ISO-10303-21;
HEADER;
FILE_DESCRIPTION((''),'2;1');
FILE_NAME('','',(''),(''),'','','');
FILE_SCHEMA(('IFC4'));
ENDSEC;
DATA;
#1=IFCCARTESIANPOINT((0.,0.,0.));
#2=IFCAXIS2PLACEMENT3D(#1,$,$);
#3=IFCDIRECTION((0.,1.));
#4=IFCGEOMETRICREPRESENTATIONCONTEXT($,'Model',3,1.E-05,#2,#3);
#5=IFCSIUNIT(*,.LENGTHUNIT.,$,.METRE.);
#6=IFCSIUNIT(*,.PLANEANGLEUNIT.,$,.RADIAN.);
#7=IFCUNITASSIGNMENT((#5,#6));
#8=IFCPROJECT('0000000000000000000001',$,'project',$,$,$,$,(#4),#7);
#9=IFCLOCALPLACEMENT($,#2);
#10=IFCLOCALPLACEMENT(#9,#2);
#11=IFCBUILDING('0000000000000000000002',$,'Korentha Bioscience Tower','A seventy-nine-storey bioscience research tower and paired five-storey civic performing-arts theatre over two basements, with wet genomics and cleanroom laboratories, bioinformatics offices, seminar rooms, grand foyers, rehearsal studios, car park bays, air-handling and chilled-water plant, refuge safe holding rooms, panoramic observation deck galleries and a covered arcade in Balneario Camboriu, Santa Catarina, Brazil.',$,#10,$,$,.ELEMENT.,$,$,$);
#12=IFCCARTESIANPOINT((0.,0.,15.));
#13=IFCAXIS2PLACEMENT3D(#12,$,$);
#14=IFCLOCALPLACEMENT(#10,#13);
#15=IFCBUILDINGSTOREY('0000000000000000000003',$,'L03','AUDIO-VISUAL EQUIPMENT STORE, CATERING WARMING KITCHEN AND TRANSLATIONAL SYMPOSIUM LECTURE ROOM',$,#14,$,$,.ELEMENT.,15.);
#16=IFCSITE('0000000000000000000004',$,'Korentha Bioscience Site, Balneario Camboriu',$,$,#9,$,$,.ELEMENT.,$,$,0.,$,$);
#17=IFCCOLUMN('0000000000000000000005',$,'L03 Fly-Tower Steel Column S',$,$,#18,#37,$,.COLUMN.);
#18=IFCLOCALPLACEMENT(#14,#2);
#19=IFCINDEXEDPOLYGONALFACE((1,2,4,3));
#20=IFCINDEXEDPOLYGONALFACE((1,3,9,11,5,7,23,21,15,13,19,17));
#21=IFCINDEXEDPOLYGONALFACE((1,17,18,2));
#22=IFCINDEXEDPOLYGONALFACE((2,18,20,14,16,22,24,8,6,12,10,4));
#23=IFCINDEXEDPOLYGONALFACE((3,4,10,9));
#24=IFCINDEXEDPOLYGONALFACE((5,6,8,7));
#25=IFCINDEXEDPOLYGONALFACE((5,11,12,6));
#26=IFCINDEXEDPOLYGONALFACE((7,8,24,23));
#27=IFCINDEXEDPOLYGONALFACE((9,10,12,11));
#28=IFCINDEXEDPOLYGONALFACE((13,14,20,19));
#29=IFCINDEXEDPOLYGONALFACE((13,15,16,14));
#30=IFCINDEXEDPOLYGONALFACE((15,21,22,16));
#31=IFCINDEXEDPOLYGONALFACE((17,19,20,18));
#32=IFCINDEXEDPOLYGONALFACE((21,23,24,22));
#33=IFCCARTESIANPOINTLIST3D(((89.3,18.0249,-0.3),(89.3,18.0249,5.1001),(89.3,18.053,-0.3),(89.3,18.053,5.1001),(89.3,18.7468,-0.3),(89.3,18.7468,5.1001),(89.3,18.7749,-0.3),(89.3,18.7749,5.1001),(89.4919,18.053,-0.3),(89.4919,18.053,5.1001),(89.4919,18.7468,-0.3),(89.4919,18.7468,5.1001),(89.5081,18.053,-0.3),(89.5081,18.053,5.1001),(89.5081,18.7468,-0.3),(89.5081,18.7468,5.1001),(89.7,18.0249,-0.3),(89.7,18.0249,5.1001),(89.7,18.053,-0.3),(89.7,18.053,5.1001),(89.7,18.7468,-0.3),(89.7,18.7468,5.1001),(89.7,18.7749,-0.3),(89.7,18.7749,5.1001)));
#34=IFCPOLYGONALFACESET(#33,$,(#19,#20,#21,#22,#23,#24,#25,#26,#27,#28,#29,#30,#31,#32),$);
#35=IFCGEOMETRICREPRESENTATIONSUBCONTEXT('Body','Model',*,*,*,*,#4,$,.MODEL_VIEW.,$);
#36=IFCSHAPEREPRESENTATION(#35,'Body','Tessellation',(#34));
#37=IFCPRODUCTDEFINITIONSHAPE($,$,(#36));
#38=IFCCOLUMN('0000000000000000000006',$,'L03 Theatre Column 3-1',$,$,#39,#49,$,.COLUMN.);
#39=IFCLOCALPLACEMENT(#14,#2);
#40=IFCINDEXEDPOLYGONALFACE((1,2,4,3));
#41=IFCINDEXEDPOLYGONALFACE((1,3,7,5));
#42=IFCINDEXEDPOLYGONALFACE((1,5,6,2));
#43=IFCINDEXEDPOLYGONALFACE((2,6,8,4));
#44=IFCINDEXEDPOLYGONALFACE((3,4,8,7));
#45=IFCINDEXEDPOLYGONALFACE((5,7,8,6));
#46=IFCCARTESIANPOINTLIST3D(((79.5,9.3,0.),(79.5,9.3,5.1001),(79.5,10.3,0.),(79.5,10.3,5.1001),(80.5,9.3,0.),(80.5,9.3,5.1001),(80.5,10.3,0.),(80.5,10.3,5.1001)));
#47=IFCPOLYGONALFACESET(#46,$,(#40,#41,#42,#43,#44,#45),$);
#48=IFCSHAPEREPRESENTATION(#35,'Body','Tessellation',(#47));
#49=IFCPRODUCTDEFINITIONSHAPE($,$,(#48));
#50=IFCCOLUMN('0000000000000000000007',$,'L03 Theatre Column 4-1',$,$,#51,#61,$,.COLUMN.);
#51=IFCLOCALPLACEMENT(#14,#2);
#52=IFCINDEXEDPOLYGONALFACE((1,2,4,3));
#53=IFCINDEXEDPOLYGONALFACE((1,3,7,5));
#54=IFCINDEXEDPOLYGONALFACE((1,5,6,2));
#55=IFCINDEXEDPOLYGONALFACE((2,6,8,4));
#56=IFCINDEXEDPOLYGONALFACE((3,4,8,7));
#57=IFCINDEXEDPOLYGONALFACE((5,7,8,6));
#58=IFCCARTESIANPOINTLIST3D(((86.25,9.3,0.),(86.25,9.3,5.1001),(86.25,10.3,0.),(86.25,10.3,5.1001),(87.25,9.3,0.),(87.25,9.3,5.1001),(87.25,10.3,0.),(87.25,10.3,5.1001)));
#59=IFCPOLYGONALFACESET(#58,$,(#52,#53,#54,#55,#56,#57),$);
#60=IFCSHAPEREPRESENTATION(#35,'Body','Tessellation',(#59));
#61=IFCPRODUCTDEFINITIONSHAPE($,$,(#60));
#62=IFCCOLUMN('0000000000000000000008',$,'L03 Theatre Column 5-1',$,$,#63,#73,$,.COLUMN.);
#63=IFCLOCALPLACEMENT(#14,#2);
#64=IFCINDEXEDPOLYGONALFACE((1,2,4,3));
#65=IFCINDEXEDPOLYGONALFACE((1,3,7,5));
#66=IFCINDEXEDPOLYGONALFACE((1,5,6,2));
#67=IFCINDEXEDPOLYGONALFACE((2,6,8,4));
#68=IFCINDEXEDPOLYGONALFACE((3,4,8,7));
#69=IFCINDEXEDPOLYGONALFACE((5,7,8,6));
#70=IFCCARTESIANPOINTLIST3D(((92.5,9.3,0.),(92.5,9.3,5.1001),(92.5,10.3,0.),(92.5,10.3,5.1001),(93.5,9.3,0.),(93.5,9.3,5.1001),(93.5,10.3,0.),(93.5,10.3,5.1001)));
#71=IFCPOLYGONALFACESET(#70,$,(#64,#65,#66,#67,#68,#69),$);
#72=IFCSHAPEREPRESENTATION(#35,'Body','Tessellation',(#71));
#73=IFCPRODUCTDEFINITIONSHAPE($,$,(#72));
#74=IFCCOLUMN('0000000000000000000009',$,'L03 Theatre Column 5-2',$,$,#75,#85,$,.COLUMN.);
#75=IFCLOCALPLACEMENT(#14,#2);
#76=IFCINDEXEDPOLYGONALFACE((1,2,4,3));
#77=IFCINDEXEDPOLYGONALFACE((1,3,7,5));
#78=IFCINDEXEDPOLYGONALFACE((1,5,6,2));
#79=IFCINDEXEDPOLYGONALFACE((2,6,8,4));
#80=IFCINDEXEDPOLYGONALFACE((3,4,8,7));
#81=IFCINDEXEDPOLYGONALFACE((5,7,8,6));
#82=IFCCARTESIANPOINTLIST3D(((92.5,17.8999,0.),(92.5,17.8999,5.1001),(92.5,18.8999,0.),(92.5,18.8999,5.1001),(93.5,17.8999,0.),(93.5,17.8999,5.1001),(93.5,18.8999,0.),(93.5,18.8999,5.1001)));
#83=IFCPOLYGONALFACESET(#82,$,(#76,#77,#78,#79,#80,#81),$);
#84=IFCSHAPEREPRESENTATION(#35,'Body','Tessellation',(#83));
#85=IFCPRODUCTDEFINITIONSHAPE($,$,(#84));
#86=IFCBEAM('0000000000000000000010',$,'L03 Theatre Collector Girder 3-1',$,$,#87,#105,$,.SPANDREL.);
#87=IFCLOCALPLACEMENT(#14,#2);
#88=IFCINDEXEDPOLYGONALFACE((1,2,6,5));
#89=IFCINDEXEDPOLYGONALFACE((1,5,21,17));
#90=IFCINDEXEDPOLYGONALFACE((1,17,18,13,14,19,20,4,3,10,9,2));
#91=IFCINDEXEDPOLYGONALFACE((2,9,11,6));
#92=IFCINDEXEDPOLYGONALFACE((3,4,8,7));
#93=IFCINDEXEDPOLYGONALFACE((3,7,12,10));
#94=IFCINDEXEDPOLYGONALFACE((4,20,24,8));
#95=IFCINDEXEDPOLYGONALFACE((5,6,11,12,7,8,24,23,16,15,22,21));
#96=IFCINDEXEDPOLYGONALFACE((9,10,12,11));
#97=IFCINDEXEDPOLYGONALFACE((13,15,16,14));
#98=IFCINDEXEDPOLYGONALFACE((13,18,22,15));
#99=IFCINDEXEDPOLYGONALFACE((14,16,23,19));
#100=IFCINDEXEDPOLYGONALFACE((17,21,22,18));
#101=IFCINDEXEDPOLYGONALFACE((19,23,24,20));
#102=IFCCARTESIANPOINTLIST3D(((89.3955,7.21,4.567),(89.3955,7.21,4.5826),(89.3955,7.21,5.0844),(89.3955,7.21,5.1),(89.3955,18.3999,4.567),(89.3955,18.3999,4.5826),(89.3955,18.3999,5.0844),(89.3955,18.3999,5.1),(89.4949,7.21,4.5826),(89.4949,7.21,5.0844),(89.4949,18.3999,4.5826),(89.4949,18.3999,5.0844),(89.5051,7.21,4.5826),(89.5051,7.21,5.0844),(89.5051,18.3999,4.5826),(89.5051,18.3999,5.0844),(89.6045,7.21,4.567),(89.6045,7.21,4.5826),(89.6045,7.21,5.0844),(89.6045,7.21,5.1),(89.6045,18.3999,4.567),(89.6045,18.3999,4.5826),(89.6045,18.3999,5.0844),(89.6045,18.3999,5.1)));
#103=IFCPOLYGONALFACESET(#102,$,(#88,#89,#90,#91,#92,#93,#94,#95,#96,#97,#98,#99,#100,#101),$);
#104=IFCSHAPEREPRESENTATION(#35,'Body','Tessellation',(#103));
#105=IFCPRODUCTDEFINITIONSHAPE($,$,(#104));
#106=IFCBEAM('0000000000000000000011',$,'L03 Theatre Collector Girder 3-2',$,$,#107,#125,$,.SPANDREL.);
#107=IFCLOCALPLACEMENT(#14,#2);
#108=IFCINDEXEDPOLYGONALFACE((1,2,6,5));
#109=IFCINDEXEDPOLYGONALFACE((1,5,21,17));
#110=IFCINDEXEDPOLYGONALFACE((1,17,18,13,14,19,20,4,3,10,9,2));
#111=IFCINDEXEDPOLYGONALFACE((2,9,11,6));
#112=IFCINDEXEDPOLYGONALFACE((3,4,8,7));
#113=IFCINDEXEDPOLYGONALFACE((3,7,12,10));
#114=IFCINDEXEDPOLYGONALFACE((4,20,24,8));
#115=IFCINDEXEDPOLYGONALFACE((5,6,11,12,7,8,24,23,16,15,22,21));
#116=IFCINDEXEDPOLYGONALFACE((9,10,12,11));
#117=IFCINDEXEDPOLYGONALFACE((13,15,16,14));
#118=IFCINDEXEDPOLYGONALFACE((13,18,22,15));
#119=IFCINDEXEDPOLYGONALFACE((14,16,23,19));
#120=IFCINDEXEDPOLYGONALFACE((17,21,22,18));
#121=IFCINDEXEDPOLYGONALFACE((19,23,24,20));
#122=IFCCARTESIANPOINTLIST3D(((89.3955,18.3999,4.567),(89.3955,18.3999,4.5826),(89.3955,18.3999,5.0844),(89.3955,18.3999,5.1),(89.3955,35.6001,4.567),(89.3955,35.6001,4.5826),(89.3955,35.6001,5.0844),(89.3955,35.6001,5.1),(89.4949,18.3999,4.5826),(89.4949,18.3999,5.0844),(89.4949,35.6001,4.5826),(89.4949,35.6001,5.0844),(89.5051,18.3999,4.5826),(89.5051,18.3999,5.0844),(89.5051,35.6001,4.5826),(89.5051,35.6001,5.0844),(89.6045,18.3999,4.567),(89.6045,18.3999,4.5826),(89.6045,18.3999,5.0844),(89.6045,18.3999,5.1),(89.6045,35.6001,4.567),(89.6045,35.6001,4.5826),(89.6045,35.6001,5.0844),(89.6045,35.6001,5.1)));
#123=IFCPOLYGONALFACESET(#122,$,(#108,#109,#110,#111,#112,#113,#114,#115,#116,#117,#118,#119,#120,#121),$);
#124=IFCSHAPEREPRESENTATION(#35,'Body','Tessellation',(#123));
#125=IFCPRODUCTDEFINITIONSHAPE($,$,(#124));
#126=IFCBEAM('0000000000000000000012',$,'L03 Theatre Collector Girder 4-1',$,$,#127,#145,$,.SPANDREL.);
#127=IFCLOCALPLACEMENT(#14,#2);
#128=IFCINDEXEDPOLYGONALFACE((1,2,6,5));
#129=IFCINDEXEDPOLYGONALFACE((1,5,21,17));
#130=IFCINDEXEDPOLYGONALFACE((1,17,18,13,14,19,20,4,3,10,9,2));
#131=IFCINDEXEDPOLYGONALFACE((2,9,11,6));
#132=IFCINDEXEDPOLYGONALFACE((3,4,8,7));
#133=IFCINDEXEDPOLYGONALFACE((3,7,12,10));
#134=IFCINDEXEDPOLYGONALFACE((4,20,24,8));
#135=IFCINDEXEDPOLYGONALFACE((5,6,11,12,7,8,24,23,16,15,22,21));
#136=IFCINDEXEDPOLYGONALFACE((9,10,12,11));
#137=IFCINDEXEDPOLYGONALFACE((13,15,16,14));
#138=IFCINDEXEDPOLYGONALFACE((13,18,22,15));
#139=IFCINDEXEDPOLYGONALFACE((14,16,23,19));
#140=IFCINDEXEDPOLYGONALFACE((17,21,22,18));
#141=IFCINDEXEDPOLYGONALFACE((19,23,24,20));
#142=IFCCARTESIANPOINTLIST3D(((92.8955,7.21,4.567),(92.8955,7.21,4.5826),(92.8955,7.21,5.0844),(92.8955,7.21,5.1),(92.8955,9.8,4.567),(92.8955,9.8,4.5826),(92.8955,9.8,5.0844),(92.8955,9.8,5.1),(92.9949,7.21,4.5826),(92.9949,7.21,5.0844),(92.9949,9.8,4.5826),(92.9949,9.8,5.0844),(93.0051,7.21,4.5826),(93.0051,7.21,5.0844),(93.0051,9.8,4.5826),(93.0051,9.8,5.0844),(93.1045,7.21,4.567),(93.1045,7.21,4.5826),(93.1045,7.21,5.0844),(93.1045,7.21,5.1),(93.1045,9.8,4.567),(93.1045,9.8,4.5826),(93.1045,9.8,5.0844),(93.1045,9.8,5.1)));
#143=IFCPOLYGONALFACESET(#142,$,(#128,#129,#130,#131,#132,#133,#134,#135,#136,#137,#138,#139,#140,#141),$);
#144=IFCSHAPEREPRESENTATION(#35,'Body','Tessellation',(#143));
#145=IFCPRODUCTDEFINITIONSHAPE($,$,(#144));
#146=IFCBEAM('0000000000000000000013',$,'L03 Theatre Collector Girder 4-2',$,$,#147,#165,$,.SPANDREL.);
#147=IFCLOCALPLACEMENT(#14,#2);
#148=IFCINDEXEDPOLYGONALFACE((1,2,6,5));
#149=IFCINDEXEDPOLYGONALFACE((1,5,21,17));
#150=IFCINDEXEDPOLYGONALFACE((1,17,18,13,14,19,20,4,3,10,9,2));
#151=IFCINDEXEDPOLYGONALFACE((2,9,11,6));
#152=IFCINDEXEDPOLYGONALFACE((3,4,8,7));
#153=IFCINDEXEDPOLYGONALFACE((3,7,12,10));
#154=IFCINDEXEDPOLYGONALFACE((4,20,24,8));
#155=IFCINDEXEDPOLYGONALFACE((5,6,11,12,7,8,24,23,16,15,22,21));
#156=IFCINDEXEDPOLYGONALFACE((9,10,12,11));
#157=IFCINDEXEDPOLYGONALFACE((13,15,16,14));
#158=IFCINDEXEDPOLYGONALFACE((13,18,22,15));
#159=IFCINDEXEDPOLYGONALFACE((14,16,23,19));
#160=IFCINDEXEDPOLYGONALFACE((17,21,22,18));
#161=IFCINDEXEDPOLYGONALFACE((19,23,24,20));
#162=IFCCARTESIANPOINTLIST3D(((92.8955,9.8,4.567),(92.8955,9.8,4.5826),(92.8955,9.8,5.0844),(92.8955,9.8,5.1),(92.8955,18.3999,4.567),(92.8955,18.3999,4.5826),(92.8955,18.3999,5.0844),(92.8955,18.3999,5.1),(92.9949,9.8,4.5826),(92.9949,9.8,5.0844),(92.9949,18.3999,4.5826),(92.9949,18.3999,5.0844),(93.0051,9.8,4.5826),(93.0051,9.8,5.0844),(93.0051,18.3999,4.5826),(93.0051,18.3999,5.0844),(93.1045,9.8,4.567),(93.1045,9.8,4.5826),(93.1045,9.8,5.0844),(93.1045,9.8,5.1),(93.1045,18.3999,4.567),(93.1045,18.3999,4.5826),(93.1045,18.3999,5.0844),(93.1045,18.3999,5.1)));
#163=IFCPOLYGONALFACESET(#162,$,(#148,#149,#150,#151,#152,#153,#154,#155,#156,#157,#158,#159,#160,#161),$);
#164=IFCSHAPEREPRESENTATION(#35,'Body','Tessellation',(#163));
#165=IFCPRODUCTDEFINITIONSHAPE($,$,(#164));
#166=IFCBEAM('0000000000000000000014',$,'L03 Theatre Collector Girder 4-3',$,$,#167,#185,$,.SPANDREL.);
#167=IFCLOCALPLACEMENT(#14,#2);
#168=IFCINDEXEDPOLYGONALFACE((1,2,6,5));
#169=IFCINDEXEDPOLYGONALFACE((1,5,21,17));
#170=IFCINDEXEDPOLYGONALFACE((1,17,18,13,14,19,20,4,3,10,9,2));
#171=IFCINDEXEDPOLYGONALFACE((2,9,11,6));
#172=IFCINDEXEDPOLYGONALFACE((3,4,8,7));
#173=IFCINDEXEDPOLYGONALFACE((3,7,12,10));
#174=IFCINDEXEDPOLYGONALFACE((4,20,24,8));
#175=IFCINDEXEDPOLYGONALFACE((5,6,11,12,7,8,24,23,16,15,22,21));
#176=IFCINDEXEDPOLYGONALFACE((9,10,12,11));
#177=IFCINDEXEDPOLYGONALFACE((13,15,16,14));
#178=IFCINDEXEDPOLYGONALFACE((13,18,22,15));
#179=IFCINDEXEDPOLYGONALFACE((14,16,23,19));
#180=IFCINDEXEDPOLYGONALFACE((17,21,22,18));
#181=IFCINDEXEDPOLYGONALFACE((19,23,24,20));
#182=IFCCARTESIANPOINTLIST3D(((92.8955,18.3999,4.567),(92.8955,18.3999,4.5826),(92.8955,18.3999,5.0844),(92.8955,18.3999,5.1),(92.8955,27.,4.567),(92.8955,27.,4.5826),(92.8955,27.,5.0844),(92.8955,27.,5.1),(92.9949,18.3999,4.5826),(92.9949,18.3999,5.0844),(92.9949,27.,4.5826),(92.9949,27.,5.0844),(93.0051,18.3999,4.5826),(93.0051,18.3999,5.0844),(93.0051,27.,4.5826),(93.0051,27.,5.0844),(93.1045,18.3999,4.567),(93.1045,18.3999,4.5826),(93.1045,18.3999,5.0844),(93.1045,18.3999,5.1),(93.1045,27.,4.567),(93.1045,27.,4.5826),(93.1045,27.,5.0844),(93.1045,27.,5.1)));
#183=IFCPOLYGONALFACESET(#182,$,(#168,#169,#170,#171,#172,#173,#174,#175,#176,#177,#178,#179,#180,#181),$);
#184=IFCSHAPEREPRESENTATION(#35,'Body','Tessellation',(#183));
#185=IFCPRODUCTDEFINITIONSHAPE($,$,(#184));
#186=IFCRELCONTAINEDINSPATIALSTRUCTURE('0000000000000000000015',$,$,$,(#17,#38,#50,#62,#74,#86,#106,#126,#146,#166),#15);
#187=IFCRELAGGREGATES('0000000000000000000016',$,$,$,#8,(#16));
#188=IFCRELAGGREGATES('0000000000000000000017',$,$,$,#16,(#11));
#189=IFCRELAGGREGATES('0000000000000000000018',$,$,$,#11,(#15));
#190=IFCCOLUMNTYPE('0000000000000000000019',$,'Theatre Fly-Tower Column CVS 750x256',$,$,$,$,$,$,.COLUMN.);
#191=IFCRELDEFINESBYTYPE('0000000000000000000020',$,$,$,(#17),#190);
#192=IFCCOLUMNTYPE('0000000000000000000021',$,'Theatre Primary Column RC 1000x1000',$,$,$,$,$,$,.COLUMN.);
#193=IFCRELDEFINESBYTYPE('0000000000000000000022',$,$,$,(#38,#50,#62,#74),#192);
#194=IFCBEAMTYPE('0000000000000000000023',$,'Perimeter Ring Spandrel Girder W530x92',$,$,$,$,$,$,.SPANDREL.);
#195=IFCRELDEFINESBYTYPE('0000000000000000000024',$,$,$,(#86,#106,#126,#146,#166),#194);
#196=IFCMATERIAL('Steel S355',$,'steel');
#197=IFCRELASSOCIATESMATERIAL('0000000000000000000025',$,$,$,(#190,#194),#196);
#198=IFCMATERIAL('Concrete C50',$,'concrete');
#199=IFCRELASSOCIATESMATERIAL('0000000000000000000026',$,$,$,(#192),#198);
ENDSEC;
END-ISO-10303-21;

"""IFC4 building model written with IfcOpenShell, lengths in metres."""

from ifc_helpers import new_model, si_unit, direction, frame, origin, origin_2d, place, context, subcontext, project, spatial, rectangle, i_section, extrude, material, material_profile, profile_set, type_object, element, save


model = new_model("IFC4")

# Units and contexts
model_context = context("Model", 3, precision=1e-05, world=origin(), true_north=direction((0.0, 1.0)))
body_context = subcontext(model_context, "Body", "Model", "MODEL_VIEW")
ifc_project = project(units=[si_unit("LENGTHUNIT", "METRE"), si_unit("PLANEANGLEUNIT", "RADIAN")], contexts=[model_context])

# Site, building, storey
site_placement = place(None, origin())
site = spatial("IfcSite", under=ifc_project, at=site_placement, Name="Korentha Bioscience Site, Balneario Camboriu", CompositionType="ELEMENT", RefElevation=0.0)
building_placement = place(site_placement, origin())
building = spatial("IfcBuilding", under=site, at=building_placement, Name="Korentha Bioscience Tower", Description="A seventy-nine-storey bioscience research tower and paired five-storey civic performing-arts theatre over two basements, with wet genomics and cleanroom laboratories, bioinformatics offices, seminar rooms, grand foyers, rehearsal studios, car park bays, air-handling and chilled-water plant, refuge safe holding rooms, panoramic observation deck galleries and a covered arcade in Balneario Camboriu, Santa Catarina, Brazil.", CompositionType="ELEMENT")
storey_placement = place(building_placement, frame((0.0, 0.0, 15.0)))
storey = spatial("IfcBuildingStorey", under=building, at=storey_placement, Name="L03", Description="AUDIO-VISUAL EQUIPMENT STORE, CATERING WARMING KITCHEN AND TRANSLATIONAL SYMPOSIUM LECTURE ROOM", CompositionType="ELEMENT", Elevation=15.0)

# Columns
ifc_material_1 = material(Name="Steel S355", Category="steel")
ifc_material_profile_1 = material_profile(ifc_material_1, i_section(OverallWidth=0.3999, OverallDepth=0.75, WebThickness=0.0161, FlangeThickness=0.0281, at=origin_2d()), Name="Steel S355")
ifc_profile_set_1 = profile_set([ifc_material_profile_1], Name="Steel S355 (TC-02)")
column_type_1 = type_object("IfcColumnType", Name="Theatre Fly-Tower Column CVS 750x256", PredefinedType="COLUMN", material=ifc_profile_set_1)
column_placement = place(storey_placement, frame((89.5, 18.3999, -0.3), z_axis=(0.0, 0.0, 1.0), x_axis=(1.0, 0.0, 0.0)))
element("IfcColumn", 1, at=column_placement, inside=storey, type_object=column_type_1, Name="L03 Fly-Tower Steel Column S", PredefinedType="COLUMN", context=body_context, shape_type="SweptSolid", body=[
    extrude(i_section(OverallWidth=0.3999, OverallDepth=0.75, WebThickness=0.0161, FlangeThickness=0.0281, at=origin_2d()), origin(), (0.0, 0.0, 1.0), 5.4001),
])
ifc_material_2 = material(Name="Concrete C50", Category="concrete")
ifc_material_profile_2 = material_profile(ifc_material_2, rectangle(XDim=1.0, YDim=1.0, at=origin_2d()), Name="Concrete C50")
ifc_profile_set_2 = profile_set([ifc_material_profile_2], Name="Concrete C50 (TC-01)")
column_type_2 = type_object("IfcColumnType", Name="Theatre Primary Column RC 1000x1000", PredefinedType="COLUMN", material=ifc_profile_set_2)
for number, where, z_axis, x_axis, name in (
    (2, (80.0, 9.8, 0.0), (0.0, 0.0, 1.0), (1.0, 0.0, 0.0), "L03 Theatre Column 3-1"),
    (3, (86.75, 9.8, 0.0), (0.0, 0.0, 1.0), (1.0, 0.0, 0.0), "L03 Theatre Column 4-1"),
    (4, (93.0, 9.8, 0.0), (0.0, 0.0, 1.0), (1.0, 0.0, 0.0), "L03 Theatre Column 5-1"),
    (5, (93.0, 18.3999, 0.0), (0.0, 0.0, 1.0), (1.0, 0.0, 0.0), "L03 Theatre Column 5-2"),
):
    element("IfcColumn", number, at=place(storey_placement, frame(where, z_axis=z_axis, x_axis=x_axis)), inside=storey, type_object=column_type_2, Name=name, PredefinedType="COLUMN", context=body_context, shape_type="SweptSolid", body=[
        extrude(rectangle(XDim=1.0, YDim=1.0, at=origin_2d()), origin(), (0.0, 0.0, 1.0), 5.1001),
    ])

# Beams
ifc_material_profile_3 = material_profile(ifc_material_1, i_section(OverallWidth=0.209, OverallDepth=0.533, WebThickness=0.0103, FlangeThickness=0.0156, at=origin_2d()), Name="Steel S355")
ifc_profile_set_3 = profile_set([ifc_material_profile_3], Name="Steel S355 (SB-530)")
beam_type_1 = type_object("IfcBeamType", Name="Perimeter Ring Spandrel Girder W530x92", PredefinedType="SPANDREL", material=ifc_profile_set_3)
beam_1_placement = place(storey_placement, frame((89.5, 7.21, 4.8335), z_axis=(0.0, 1.0, 0.0), x_axis=(-1.0, 0.0, 0.0)))
element("IfcBeam", 6, at=beam_1_placement, inside=storey, type_object=beam_type_1, Name="L03 Theatre Collector Girder 3-1", PredefinedType="SPANDREL", context=body_context, shape_type="SweptSolid", body=[
    extrude(i_section(OverallWidth=0.209, OverallDepth=0.533, WebThickness=0.0103, FlangeThickness=0.0156, at=origin_2d()), origin(), (0.0, 0.0, 1.0), 11.1899),
])
beam_2_placement = place(storey_placement, frame((89.5, 18.3999, 4.8335), z_axis=(0.0, 1.0, 0.0), x_axis=(-1.0, 0.0, 0.0)))
element("IfcBeam", 7, at=beam_2_placement, inside=storey, type_object=beam_type_1, Name="L03 Theatre Collector Girder 3-2", PredefinedType="SPANDREL", context=body_context, shape_type="SweptSolid", body=[
    extrude(i_section(OverallWidth=0.209, OverallDepth=0.533, WebThickness=0.0103, FlangeThickness=0.0156, at=origin_2d()), origin(), (0.0, 0.0, 1.0), 17.2002),
])
beam_3_placement = place(storey_placement, frame((93.0, 7.21, 4.8335), z_axis=(0.0, 1.0, 0.0), x_axis=(-1.0, 0.0, 0.0)))
element("IfcBeam", 8, at=beam_3_placement, inside=storey, type_object=beam_type_1, Name="L03 Theatre Collector Girder 4-1", PredefinedType="SPANDREL", context=body_context, shape_type="SweptSolid", body=[
    extrude(i_section(OverallWidth=0.209, OverallDepth=0.533, WebThickness=0.0103, FlangeThickness=0.0156, at=origin_2d()), origin(), (0.0, 0.0, 1.0), 2.5901),
])
beam_4_placement = place(storey_placement, frame((93.0, 9.8, 4.8335), z_axis=(0.0, 1.0, 0.0), x_axis=(-1.0, 0.0, 0.0)))
element("IfcBeam", 9, at=beam_4_placement, inside=storey, type_object=beam_type_1, Name="L03 Theatre Collector Girder 4-2", PredefinedType="SPANDREL", context=body_context, shape_type="SweptSolid", body=[
    extrude(i_section(OverallWidth=0.209, OverallDepth=0.533, WebThickness=0.0103, FlangeThickness=0.0156, at=origin_2d()), origin(), (0.0, 0.0, 1.0), 8.5999),
])
beam_5_placement = place(storey_placement, frame((93.0, 18.3999, 4.8335), z_axis=(0.0, 1.0, 0.0), x_axis=(-1.0, 0.0, 0.0)))
element("IfcBeam", 10, at=beam_5_placement, inside=storey, type_object=beam_type_1, Name="L03 Theatre Collector Girder 4-3", PredefinedType="SPANDREL", context=body_context, shape_type="SweptSolid", body=[
    extrude(i_section(OverallWidth=0.209, OverallDepth=0.533, WebThickness=0.0103, FlangeThickness=0.0156, at=origin_2d()), origin(), (0.0, 0.0, 1.0), 8.6001),
])

save(model, "model.ifc")
